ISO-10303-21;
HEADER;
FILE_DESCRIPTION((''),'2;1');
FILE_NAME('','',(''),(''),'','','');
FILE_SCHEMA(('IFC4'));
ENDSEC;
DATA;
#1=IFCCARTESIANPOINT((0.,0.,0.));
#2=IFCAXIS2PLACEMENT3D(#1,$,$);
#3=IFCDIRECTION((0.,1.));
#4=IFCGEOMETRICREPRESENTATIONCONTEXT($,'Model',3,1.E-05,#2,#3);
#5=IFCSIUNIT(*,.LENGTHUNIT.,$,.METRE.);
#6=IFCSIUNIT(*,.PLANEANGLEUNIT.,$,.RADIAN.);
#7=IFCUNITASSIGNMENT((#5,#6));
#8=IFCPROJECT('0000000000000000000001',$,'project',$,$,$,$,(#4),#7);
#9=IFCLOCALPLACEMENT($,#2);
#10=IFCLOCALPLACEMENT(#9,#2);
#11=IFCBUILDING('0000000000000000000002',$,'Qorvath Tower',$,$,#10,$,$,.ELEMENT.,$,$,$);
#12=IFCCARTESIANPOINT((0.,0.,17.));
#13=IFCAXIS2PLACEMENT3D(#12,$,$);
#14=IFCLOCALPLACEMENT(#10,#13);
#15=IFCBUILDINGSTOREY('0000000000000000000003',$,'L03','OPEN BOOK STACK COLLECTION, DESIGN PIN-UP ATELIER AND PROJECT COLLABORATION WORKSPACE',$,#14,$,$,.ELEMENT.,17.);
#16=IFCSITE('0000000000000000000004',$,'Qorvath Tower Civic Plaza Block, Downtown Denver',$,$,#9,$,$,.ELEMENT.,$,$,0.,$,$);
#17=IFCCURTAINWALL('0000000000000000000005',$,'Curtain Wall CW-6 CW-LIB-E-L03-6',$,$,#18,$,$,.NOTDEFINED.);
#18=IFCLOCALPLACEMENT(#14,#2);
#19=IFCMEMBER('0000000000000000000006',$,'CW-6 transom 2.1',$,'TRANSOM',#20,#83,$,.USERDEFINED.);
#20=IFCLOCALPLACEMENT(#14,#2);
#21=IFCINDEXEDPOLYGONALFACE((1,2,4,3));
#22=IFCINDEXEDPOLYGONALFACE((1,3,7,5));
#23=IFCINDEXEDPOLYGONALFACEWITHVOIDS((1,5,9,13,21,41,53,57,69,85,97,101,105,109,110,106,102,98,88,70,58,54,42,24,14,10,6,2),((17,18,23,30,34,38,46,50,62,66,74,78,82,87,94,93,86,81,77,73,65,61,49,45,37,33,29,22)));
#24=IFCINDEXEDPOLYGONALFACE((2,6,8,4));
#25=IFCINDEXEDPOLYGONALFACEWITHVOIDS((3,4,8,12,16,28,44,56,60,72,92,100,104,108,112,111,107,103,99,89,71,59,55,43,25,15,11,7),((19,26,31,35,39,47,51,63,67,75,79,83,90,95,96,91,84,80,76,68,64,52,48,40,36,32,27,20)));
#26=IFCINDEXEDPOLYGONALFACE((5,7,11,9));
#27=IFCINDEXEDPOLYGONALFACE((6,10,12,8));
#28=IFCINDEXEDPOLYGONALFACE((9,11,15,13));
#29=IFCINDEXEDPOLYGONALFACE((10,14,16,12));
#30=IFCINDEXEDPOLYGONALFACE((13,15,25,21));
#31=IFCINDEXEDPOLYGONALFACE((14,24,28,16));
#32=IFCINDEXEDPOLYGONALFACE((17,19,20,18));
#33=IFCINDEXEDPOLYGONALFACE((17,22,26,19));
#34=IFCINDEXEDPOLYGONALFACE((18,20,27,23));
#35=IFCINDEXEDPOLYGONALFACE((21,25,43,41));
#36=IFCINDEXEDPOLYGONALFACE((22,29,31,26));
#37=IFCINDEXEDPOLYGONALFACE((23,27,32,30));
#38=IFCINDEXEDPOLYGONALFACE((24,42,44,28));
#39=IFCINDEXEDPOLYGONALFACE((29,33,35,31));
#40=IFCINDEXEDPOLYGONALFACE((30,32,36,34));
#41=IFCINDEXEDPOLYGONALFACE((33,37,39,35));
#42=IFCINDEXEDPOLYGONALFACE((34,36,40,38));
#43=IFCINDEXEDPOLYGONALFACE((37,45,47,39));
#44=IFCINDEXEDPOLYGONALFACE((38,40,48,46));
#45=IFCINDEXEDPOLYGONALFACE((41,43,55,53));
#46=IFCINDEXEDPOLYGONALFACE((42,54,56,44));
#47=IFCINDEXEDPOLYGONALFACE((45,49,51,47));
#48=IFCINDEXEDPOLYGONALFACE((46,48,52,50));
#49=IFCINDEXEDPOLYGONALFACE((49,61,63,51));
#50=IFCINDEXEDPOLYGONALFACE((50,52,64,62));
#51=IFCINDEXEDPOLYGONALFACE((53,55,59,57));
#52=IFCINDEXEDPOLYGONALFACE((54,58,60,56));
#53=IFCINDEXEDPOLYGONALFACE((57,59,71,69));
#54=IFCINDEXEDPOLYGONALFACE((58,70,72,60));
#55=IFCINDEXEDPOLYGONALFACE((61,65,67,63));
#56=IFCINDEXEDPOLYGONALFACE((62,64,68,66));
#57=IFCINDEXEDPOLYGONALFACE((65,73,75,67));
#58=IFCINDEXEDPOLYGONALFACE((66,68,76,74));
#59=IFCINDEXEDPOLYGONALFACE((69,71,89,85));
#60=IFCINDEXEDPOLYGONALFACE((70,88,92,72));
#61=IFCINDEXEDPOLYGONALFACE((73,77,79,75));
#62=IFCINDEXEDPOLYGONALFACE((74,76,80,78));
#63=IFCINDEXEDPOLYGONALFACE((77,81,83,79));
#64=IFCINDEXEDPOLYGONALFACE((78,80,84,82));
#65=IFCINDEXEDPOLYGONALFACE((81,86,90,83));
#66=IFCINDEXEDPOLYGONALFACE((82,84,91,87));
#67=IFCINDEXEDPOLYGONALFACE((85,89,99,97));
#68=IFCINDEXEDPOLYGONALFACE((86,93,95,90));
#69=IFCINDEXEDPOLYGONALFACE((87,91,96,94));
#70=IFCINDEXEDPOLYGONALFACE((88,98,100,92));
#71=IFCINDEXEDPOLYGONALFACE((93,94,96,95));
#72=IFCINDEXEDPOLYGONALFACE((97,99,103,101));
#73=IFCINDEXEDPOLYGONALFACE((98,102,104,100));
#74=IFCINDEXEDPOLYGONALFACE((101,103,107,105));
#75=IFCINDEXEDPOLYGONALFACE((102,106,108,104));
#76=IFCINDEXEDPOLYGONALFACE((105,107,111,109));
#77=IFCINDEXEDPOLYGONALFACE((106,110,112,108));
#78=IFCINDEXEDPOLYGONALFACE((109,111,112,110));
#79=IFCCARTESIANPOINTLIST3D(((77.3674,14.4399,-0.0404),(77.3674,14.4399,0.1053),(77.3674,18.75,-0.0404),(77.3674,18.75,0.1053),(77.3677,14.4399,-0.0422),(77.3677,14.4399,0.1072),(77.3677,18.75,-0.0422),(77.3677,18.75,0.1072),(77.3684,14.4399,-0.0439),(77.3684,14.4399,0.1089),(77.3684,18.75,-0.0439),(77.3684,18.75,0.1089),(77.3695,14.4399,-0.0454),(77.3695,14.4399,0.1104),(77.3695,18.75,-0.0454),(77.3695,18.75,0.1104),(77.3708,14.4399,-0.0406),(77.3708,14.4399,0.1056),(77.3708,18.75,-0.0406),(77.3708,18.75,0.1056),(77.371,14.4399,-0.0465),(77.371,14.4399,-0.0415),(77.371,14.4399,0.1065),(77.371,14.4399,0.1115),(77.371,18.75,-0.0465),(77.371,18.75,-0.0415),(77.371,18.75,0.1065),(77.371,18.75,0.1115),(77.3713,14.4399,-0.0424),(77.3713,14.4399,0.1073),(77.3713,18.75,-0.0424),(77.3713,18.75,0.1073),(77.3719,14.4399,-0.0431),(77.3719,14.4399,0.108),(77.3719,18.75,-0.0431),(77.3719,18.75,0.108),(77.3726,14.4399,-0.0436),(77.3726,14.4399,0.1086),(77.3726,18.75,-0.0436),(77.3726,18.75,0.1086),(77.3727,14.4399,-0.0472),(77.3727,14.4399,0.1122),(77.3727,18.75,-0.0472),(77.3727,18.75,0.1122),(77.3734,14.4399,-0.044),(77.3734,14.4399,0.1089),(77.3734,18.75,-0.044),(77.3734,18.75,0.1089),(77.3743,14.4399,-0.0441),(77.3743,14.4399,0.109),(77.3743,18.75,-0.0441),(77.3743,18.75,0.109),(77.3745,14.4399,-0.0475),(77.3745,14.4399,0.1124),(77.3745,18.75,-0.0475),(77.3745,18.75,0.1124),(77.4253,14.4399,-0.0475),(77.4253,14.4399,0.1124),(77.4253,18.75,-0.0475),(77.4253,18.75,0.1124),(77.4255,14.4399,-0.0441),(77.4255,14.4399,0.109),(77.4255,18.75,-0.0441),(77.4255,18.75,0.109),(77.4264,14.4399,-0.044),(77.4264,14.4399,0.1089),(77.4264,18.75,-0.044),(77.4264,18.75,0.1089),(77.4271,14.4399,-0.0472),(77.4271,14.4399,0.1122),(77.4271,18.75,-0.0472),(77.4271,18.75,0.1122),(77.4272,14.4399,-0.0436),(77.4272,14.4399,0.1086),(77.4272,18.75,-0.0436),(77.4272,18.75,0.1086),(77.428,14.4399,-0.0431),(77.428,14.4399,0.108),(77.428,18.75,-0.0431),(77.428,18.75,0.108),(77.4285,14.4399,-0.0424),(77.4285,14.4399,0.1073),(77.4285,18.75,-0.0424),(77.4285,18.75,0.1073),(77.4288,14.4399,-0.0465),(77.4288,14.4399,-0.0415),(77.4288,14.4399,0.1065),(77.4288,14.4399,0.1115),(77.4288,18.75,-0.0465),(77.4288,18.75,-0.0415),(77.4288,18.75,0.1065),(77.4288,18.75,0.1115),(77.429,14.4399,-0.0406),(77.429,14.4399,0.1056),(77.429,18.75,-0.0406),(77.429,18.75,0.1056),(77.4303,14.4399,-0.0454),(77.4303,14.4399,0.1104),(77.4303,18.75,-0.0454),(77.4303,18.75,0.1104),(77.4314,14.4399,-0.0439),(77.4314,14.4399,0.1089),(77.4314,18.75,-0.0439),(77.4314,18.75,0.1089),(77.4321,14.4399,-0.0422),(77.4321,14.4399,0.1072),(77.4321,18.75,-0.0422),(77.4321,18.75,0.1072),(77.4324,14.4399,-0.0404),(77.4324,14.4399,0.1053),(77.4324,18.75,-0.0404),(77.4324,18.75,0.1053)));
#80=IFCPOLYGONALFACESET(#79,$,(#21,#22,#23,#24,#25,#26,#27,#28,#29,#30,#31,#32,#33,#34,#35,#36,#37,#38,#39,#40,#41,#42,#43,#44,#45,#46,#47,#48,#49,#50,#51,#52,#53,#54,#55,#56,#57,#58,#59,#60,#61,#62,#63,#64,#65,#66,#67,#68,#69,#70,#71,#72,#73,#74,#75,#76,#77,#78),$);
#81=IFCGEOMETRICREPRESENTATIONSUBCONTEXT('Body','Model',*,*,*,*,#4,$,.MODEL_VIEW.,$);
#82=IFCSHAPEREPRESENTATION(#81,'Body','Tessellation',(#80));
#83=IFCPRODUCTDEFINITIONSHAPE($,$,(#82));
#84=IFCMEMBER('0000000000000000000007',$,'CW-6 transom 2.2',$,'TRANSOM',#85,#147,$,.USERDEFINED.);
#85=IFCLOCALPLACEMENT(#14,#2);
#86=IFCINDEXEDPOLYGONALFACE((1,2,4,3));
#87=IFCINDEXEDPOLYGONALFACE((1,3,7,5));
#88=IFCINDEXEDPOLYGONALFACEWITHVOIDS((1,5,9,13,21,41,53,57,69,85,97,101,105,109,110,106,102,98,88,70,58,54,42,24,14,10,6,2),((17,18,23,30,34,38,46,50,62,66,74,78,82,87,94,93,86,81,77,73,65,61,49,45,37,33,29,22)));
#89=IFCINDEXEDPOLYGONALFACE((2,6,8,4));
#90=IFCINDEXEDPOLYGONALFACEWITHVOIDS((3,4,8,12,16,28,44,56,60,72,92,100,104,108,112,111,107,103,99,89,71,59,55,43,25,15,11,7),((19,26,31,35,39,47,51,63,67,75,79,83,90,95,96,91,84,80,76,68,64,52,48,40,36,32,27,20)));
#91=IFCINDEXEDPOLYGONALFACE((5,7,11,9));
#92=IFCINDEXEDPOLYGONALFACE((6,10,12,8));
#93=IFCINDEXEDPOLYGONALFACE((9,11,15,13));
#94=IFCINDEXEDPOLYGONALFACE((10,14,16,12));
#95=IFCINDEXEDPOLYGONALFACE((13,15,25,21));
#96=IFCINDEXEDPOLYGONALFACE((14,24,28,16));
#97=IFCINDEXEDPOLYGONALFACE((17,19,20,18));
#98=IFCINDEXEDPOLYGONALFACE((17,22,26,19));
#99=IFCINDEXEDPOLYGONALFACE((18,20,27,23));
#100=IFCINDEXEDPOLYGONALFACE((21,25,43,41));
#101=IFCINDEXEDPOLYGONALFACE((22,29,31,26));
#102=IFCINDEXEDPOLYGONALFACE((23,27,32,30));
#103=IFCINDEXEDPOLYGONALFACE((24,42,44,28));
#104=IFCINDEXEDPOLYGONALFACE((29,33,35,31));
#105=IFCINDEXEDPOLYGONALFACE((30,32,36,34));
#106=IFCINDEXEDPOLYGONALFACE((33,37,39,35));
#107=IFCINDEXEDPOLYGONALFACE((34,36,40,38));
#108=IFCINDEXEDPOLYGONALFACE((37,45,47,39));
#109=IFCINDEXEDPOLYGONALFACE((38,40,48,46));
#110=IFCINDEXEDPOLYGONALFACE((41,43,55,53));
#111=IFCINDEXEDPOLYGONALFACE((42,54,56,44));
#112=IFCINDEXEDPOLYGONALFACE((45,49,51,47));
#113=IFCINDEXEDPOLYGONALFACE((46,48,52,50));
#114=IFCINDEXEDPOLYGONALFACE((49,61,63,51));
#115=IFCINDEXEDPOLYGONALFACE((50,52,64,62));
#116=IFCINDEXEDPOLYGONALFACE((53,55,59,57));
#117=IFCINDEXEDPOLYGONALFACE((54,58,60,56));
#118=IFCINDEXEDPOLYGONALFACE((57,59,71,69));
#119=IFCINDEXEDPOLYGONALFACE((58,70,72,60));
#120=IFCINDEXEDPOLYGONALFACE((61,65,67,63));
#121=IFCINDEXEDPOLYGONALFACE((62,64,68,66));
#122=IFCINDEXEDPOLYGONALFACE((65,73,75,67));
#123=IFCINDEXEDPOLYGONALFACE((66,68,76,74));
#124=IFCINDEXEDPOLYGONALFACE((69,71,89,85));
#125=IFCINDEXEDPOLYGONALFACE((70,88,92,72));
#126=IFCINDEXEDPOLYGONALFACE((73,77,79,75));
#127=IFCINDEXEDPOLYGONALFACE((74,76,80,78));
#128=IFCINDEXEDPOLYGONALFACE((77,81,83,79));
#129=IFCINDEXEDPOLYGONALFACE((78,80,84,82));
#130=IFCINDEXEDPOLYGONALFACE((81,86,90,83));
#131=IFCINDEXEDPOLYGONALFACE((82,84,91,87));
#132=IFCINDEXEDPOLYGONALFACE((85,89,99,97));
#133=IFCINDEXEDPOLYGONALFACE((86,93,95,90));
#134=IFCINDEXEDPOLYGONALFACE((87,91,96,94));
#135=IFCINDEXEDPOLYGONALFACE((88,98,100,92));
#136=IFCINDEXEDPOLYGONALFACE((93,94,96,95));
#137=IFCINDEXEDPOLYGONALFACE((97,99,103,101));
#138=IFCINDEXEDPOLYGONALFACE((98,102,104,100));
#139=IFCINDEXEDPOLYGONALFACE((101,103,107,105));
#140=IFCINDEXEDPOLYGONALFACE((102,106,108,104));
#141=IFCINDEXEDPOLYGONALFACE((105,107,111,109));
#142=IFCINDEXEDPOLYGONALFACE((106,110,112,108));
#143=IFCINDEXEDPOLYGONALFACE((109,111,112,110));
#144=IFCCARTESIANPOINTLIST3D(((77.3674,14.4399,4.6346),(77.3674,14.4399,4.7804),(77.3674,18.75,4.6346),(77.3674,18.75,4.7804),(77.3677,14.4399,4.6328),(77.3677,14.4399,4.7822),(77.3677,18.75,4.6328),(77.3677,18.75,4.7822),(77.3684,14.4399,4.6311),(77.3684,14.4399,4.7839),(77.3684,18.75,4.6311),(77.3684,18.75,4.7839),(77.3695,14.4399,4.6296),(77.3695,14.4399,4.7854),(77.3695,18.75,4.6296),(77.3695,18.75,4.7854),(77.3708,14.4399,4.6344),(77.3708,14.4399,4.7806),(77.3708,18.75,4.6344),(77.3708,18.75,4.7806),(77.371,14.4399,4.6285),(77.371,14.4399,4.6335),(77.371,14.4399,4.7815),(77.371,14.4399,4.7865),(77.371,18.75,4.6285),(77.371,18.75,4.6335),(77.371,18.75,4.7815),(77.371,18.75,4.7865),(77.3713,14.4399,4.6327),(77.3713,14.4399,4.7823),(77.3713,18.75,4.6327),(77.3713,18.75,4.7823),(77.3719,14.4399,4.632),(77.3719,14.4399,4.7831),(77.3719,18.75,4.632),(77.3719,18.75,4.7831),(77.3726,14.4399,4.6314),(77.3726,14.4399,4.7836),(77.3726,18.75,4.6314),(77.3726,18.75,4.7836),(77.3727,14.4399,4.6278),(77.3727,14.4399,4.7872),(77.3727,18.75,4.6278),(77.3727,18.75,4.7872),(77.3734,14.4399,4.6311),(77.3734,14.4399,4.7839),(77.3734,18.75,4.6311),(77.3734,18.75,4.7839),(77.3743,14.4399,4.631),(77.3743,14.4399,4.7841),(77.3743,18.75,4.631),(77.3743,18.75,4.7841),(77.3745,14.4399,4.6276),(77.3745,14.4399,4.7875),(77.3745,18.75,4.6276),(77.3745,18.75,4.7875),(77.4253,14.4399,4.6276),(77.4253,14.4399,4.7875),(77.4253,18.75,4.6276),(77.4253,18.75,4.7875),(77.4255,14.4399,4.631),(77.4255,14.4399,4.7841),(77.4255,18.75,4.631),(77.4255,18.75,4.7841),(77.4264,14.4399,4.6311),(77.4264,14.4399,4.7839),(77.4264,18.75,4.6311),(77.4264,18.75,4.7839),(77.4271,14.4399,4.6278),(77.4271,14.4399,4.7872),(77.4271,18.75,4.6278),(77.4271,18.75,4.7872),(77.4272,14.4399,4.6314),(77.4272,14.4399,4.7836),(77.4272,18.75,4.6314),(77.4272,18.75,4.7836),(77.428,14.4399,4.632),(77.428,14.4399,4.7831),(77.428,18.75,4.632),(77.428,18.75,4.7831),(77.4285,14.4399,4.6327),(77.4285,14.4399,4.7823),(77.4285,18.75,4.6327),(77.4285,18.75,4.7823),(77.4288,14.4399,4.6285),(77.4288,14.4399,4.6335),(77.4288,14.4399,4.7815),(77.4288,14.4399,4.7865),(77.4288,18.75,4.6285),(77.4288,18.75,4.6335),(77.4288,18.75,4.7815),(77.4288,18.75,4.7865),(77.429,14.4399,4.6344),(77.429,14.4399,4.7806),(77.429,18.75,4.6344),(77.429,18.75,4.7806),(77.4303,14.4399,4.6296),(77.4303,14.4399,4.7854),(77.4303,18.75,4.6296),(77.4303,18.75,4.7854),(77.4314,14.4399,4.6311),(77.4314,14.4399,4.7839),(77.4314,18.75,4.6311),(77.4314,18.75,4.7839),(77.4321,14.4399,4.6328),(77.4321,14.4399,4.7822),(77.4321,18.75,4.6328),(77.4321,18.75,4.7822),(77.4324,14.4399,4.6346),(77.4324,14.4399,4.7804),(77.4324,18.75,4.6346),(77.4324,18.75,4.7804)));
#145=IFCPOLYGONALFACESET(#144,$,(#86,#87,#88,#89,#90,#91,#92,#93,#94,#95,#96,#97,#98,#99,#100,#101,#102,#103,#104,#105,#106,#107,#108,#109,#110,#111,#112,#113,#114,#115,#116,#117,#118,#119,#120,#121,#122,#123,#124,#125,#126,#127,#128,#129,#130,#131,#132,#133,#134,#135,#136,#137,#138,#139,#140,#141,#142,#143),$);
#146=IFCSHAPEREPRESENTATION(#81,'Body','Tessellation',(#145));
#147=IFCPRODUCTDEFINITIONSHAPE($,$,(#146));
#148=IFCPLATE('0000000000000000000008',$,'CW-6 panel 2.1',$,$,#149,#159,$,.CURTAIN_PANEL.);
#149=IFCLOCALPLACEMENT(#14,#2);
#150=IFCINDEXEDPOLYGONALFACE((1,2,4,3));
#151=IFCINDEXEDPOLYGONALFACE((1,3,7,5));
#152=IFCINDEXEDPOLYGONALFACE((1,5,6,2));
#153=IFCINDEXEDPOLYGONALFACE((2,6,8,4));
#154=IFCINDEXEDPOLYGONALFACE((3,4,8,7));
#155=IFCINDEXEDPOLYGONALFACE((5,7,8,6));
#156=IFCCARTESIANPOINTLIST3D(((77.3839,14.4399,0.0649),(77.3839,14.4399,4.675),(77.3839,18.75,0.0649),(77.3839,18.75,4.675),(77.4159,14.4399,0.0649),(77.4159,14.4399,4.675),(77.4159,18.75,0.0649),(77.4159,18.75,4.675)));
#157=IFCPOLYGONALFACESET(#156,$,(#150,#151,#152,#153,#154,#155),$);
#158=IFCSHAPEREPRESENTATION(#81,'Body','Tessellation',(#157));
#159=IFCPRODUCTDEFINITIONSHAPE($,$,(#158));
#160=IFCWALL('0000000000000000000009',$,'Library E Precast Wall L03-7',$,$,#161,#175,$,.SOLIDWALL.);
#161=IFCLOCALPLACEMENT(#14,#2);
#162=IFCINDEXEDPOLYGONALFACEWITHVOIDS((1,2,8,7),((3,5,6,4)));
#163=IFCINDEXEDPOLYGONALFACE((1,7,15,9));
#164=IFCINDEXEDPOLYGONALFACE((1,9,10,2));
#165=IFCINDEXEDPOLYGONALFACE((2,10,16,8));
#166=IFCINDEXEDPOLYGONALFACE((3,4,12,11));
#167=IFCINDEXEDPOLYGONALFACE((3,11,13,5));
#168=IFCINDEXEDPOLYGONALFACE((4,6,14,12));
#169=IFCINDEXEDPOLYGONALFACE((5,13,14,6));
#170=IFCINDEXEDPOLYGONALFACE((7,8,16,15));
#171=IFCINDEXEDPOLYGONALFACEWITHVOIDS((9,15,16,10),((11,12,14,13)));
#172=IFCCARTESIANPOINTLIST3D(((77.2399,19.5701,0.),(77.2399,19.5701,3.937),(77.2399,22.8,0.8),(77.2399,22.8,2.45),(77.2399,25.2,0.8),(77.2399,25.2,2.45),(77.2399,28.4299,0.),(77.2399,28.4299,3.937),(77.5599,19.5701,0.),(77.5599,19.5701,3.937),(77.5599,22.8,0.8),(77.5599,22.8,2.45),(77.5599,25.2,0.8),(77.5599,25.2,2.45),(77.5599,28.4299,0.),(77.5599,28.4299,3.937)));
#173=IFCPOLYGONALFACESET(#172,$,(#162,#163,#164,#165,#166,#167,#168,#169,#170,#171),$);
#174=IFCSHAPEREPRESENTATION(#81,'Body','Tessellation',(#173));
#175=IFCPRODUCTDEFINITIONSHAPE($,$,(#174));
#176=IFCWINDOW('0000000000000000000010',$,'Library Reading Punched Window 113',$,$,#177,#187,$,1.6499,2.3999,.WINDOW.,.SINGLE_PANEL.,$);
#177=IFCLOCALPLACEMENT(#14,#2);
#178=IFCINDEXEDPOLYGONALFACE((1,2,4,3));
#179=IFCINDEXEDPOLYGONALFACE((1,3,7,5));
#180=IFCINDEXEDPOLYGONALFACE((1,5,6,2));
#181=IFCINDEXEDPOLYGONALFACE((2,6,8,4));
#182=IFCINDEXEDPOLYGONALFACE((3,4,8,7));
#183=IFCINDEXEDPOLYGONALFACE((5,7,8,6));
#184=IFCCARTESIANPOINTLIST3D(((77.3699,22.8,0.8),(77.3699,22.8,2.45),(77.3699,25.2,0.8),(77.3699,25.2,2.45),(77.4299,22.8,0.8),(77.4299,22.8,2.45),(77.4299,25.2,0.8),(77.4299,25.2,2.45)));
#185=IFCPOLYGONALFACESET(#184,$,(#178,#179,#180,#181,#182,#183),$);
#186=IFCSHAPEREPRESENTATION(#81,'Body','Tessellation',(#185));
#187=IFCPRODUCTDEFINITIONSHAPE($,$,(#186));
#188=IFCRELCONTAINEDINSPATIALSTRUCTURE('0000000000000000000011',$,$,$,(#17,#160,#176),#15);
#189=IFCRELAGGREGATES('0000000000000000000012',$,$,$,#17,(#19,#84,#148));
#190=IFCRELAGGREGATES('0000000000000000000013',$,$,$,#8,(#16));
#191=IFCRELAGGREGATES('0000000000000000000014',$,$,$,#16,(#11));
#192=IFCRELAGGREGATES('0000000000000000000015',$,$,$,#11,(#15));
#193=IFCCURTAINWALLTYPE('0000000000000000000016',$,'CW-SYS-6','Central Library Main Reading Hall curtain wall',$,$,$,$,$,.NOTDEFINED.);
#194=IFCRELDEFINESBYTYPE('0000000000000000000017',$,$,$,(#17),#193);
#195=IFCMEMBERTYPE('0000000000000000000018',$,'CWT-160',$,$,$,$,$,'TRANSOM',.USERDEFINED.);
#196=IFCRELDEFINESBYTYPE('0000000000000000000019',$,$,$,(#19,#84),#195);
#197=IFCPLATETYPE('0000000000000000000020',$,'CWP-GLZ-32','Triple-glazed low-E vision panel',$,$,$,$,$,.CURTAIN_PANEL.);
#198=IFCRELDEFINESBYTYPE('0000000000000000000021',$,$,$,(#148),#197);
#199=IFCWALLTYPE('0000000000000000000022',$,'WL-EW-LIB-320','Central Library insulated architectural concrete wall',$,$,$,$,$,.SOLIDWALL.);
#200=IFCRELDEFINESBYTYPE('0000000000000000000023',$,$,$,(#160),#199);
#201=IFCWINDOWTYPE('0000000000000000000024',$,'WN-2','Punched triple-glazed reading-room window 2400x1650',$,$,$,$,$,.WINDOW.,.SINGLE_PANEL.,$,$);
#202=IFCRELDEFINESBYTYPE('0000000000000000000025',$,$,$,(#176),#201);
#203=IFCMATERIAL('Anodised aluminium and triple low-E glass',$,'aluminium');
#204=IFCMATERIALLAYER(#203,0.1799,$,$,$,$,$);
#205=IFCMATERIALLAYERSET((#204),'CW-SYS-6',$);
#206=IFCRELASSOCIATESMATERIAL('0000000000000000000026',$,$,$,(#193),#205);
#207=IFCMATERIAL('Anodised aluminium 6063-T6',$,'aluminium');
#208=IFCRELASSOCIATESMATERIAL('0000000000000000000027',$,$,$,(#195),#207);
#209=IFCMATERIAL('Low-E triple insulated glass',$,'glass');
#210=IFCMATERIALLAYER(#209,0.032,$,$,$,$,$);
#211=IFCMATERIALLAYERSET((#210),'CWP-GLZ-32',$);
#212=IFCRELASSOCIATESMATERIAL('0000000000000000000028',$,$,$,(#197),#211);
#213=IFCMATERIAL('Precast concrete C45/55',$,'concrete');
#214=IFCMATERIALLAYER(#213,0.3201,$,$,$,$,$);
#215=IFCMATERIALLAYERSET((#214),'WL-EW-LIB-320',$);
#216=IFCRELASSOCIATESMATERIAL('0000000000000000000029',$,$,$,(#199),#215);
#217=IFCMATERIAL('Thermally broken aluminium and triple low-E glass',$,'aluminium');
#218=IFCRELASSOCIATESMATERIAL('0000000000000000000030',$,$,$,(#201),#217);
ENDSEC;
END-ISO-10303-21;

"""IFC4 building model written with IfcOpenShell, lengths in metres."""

from ifc_helpers import new_model, si_unit, direction, frame, frame_2d, origin, origin_2d, place, context, subcontext, project, spatial, rectangle, hollow_rectangle, extrude, material, layer, layer_set, material_profile, profile_set, type_object, element, fill, aggregate, save


model = new_model("IFC4")

# Units and contexts
model_context = context("Model", 3, precision=1e-05, world=origin(), true_north=direction((0.0, 1.0)))
body_context = subcontext(model_context, "Body", "Model", "MODEL_VIEW")
ifc_project = project(units=[si_unit("LENGTHUNIT", "METRE"), si_unit("PLANEANGLEUNIT", "RADIAN")], contexts=[model_context])

# Site, building, storey
site_placement = place(None, origin())
site = spatial("IfcSite", under=ifc_project, at=site_placement, Name="Qorvath Tower Civic Plaza Block, Downtown Denver", CompositionType="ELEMENT", RefElevation=0.0)
building_placement = place(site_placement, origin())
building = spatial("IfcBuilding", under=site, at=building_placement, Name="Qorvath Tower", CompositionType="ELEMENT")
storey_placement = place(building_placement, frame((0.0, 0.0, 17.0)))
storey = spatial("IfcBuildingStorey", under=building, at=storey_placement, Name="L03", Description="OPEN BOOK STACK COLLECTION, DESIGN PIN-UP ATELIER AND PROJECT COLLABORATION WORKSPACE", CompositionType="ELEMENT", Elevation=17.0)

# Curtain wall, members, plate
ifc_material_1 = material(Name="Anodised aluminium and triple low-E glass", Category="aluminium")
ifc_layer_1 = layer(ifc_material_1, 0.1799)
ifc_layer_set_1 = layer_set([ifc_layer_1], Name="CW-SYS-6")
curtain_wall_type = type_object("IfcCurtainWallType", Name="CW-SYS-6", Description="Central Library Main Reading Hall curtain wall", PredefinedType="NOTDEFINED", material=ifc_layer_set_1)
curtain_wall_placement = place(storey_placement, origin())
curtain_wall = element("IfcCurtainWall", 1, at=curtain_wall_placement, inside=storey, type_object=curtain_wall_type, Name="Curtain Wall CW-6 CW-LIB-E-L03-6", PredefinedType="NOTDEFINED")
ifc_material_2 = material(Name="Anodised aluminium 6063-T6", Category="aluminium")
ifc_material_profile_1 = material_profile(ifc_material_2, hollow_rectangle(XDim=0.0649, YDim=0.1599, WallThickness=0.0034, InnerFilletRadius=0.0034, OuterFilletRadius=0.0071, at=origin_2d()), Name="CWT 160x65")
ifc_profile_set_1 = profile_set([ifc_material_profile_1], Name="Anodised aluminium 6063-T6")
member_type_1 = type_object("IfcMemberType", Name="CWT-160", ElementType="TRANSOM", PredefinedType="USERDEFINED", material=ifc_profile_set_1)
member_1_placement = place(storey_placement, frame((77.3999, 14.4399, 0.0325), z_axis=(0.0, 1.0, 0.0), x_axis=(-1.0, 0.0, 0.0)))
member_1 = element("IfcMember", 2, at=member_1_placement, type_object=member_type_1, Name="CW-6 transom 2.1", ObjectType="TRANSOM", PredefinedType="USERDEFINED", context=body_context, shape_type="SweptSolid", body=[
    extrude(hollow_rectangle(XDim=0.0649, YDim=0.1599, WallThickness=0.0034, InnerFilletRadius=0.0034, OuterFilletRadius=0.0071, at=origin_2d()), origin(), (0.0, 0.0, 1.0), 4.3101),
])
member_2_placement = place(storey_placement, frame((77.3999, 14.4399, 4.7075), z_axis=(0.0, 1.0, 0.0), x_axis=(-1.0, 0.0, 0.0)))
member_2 = element("IfcMember", 3, at=member_2_placement, type_object=member_type_1, Name="CW-6 transom 2.2", ObjectType="TRANSOM", PredefinedType="USERDEFINED", context=body_context, shape_type="SweptSolid", body=[
    extrude(hollow_rectangle(XDim=0.0649, YDim=0.1599, WallThickness=0.0034, InnerFilletRadius=0.0034, OuterFilletRadius=0.0071, at=origin_2d()), origin(), (0.0, 0.0, 1.0), 4.3101),
])
ifc_material_3 = material(Name="Low-E triple insulated glass", Category="glass")
ifc_layer_2 = layer(ifc_material_3, 0.032)
ifc_layer_set_2 = layer_set([ifc_layer_2], Name="CWP-GLZ-32")
plate_type = type_object("IfcPlateType", Name="CWP-GLZ-32", Description="Triple-glazed low-E vision panel", PredefinedType="CURTAIN_PANEL", material=ifc_layer_set_2)
plate_placement = place(storey_placement, frame((77.3999, 16.595, 0.0649), z_axis=(0.0, 0.0, 1.0), x_axis=(0.0, 1.0, 0.0)))
plate = element("IfcPlate", 4, at=plate_placement, type_object=plate_type, Name="CW-6 panel 2.1", PredefinedType="CURTAIN_PANEL", context=body_context, shape_type="SweptSolid", body=[
    extrude(rectangle(XDim=4.3101, YDim=0.032, at=origin_2d()), origin(), (0.0, 0.0, 1.0), 4.6101),
])
aggregate(curtain_wall, [member_1, member_2, plate])

# Wall, opening, window
ifc_material_4 = material(Name="Precast concrete C45/55", Category="concrete")
ifc_layer_3 = layer(ifc_material_4, 0.3201)
ifc_layer_set_3 = layer_set([ifc_layer_3], Name="WL-EW-LIB-320")
wall_type = type_object("IfcWallType", Name="WL-EW-LIB-320", Description="Central Library insulated architectural concrete wall", PredefinedType="SOLIDWALL", material=ifc_layer_set_3)
wall_placement = place(storey_placement, frame((77.3999, 28.4299, 0.0), z_axis=(0.0, 0.0, 1.0), x_axis=(0.0, -1.0, 0.0)))
wall = element("IfcWall", 5, at=wall_placement, inside=storey, type_object=wall_type, Name="Library E Precast Wall L03-7", PredefinedType="SOLIDWALL", context=body_context, shape_type="SweptSolid", body=[
    extrude(rectangle(XDim=8.8599, YDim=0.3201, at=frame_2d((4.4299, 0.0))), origin(), (0.0, 0.0, 1.0), 3.937),
])
opening_placement = place(wall_placement, frame((3.23, 0.0, 0.8)))
opening = element("IfcOpeningElement", 6, at=opening_placement, cuts=wall, PredefinedType="OPENING", context=body_context, shape_type="SweptSolid", body=[
    extrude(rectangle(XDim=2.3999, YDim=1.6499, at=frame_2d((1.2, 0.825))), frame((0.0, 0.1699, 0.0), z_axis=(0.0, -1.0, 0.0), x_axis=(1.0, 0.0, 0.0)), (0.0, 0.0, 1.0), 0.3401),
])
ifc_material_5 = material(Name="Thermally broken aluminium and triple low-E glass", Category="aluminium")
window_type = type_object("IfcWindowType", Name="WN-2", Description="Punched triple-glazed reading-room window 2400x1650", PartitioningType="SINGLE_PANEL", PredefinedType="WINDOW", material=ifc_material_5)
window_placement = place(opening_placement, origin())
window = element("IfcWindow", 7, at=window_placement, inside=storey, type_object=window_type, Name="Library Reading Punched Window 113", OverallHeight=1.6499, OverallWidth=2.3999, PartitioningType="SINGLE_PANEL", PredefinedType="WINDOW", context=body_context, shape_type="SweptSolid", body=[
    extrude(rectangle(XDim=2.3999, YDim=1.6499, at=frame_2d((1.2, 0.825))), frame((0.0, 0.03, 0.0), z_axis=(0.0, -1.0, 0.0), x_axis=(1.0, 0.0, 0.0)), (0.0, 0.0, 1.0), 0.0601),
])
fill(opening, window)

save(model, "model.ifc")
